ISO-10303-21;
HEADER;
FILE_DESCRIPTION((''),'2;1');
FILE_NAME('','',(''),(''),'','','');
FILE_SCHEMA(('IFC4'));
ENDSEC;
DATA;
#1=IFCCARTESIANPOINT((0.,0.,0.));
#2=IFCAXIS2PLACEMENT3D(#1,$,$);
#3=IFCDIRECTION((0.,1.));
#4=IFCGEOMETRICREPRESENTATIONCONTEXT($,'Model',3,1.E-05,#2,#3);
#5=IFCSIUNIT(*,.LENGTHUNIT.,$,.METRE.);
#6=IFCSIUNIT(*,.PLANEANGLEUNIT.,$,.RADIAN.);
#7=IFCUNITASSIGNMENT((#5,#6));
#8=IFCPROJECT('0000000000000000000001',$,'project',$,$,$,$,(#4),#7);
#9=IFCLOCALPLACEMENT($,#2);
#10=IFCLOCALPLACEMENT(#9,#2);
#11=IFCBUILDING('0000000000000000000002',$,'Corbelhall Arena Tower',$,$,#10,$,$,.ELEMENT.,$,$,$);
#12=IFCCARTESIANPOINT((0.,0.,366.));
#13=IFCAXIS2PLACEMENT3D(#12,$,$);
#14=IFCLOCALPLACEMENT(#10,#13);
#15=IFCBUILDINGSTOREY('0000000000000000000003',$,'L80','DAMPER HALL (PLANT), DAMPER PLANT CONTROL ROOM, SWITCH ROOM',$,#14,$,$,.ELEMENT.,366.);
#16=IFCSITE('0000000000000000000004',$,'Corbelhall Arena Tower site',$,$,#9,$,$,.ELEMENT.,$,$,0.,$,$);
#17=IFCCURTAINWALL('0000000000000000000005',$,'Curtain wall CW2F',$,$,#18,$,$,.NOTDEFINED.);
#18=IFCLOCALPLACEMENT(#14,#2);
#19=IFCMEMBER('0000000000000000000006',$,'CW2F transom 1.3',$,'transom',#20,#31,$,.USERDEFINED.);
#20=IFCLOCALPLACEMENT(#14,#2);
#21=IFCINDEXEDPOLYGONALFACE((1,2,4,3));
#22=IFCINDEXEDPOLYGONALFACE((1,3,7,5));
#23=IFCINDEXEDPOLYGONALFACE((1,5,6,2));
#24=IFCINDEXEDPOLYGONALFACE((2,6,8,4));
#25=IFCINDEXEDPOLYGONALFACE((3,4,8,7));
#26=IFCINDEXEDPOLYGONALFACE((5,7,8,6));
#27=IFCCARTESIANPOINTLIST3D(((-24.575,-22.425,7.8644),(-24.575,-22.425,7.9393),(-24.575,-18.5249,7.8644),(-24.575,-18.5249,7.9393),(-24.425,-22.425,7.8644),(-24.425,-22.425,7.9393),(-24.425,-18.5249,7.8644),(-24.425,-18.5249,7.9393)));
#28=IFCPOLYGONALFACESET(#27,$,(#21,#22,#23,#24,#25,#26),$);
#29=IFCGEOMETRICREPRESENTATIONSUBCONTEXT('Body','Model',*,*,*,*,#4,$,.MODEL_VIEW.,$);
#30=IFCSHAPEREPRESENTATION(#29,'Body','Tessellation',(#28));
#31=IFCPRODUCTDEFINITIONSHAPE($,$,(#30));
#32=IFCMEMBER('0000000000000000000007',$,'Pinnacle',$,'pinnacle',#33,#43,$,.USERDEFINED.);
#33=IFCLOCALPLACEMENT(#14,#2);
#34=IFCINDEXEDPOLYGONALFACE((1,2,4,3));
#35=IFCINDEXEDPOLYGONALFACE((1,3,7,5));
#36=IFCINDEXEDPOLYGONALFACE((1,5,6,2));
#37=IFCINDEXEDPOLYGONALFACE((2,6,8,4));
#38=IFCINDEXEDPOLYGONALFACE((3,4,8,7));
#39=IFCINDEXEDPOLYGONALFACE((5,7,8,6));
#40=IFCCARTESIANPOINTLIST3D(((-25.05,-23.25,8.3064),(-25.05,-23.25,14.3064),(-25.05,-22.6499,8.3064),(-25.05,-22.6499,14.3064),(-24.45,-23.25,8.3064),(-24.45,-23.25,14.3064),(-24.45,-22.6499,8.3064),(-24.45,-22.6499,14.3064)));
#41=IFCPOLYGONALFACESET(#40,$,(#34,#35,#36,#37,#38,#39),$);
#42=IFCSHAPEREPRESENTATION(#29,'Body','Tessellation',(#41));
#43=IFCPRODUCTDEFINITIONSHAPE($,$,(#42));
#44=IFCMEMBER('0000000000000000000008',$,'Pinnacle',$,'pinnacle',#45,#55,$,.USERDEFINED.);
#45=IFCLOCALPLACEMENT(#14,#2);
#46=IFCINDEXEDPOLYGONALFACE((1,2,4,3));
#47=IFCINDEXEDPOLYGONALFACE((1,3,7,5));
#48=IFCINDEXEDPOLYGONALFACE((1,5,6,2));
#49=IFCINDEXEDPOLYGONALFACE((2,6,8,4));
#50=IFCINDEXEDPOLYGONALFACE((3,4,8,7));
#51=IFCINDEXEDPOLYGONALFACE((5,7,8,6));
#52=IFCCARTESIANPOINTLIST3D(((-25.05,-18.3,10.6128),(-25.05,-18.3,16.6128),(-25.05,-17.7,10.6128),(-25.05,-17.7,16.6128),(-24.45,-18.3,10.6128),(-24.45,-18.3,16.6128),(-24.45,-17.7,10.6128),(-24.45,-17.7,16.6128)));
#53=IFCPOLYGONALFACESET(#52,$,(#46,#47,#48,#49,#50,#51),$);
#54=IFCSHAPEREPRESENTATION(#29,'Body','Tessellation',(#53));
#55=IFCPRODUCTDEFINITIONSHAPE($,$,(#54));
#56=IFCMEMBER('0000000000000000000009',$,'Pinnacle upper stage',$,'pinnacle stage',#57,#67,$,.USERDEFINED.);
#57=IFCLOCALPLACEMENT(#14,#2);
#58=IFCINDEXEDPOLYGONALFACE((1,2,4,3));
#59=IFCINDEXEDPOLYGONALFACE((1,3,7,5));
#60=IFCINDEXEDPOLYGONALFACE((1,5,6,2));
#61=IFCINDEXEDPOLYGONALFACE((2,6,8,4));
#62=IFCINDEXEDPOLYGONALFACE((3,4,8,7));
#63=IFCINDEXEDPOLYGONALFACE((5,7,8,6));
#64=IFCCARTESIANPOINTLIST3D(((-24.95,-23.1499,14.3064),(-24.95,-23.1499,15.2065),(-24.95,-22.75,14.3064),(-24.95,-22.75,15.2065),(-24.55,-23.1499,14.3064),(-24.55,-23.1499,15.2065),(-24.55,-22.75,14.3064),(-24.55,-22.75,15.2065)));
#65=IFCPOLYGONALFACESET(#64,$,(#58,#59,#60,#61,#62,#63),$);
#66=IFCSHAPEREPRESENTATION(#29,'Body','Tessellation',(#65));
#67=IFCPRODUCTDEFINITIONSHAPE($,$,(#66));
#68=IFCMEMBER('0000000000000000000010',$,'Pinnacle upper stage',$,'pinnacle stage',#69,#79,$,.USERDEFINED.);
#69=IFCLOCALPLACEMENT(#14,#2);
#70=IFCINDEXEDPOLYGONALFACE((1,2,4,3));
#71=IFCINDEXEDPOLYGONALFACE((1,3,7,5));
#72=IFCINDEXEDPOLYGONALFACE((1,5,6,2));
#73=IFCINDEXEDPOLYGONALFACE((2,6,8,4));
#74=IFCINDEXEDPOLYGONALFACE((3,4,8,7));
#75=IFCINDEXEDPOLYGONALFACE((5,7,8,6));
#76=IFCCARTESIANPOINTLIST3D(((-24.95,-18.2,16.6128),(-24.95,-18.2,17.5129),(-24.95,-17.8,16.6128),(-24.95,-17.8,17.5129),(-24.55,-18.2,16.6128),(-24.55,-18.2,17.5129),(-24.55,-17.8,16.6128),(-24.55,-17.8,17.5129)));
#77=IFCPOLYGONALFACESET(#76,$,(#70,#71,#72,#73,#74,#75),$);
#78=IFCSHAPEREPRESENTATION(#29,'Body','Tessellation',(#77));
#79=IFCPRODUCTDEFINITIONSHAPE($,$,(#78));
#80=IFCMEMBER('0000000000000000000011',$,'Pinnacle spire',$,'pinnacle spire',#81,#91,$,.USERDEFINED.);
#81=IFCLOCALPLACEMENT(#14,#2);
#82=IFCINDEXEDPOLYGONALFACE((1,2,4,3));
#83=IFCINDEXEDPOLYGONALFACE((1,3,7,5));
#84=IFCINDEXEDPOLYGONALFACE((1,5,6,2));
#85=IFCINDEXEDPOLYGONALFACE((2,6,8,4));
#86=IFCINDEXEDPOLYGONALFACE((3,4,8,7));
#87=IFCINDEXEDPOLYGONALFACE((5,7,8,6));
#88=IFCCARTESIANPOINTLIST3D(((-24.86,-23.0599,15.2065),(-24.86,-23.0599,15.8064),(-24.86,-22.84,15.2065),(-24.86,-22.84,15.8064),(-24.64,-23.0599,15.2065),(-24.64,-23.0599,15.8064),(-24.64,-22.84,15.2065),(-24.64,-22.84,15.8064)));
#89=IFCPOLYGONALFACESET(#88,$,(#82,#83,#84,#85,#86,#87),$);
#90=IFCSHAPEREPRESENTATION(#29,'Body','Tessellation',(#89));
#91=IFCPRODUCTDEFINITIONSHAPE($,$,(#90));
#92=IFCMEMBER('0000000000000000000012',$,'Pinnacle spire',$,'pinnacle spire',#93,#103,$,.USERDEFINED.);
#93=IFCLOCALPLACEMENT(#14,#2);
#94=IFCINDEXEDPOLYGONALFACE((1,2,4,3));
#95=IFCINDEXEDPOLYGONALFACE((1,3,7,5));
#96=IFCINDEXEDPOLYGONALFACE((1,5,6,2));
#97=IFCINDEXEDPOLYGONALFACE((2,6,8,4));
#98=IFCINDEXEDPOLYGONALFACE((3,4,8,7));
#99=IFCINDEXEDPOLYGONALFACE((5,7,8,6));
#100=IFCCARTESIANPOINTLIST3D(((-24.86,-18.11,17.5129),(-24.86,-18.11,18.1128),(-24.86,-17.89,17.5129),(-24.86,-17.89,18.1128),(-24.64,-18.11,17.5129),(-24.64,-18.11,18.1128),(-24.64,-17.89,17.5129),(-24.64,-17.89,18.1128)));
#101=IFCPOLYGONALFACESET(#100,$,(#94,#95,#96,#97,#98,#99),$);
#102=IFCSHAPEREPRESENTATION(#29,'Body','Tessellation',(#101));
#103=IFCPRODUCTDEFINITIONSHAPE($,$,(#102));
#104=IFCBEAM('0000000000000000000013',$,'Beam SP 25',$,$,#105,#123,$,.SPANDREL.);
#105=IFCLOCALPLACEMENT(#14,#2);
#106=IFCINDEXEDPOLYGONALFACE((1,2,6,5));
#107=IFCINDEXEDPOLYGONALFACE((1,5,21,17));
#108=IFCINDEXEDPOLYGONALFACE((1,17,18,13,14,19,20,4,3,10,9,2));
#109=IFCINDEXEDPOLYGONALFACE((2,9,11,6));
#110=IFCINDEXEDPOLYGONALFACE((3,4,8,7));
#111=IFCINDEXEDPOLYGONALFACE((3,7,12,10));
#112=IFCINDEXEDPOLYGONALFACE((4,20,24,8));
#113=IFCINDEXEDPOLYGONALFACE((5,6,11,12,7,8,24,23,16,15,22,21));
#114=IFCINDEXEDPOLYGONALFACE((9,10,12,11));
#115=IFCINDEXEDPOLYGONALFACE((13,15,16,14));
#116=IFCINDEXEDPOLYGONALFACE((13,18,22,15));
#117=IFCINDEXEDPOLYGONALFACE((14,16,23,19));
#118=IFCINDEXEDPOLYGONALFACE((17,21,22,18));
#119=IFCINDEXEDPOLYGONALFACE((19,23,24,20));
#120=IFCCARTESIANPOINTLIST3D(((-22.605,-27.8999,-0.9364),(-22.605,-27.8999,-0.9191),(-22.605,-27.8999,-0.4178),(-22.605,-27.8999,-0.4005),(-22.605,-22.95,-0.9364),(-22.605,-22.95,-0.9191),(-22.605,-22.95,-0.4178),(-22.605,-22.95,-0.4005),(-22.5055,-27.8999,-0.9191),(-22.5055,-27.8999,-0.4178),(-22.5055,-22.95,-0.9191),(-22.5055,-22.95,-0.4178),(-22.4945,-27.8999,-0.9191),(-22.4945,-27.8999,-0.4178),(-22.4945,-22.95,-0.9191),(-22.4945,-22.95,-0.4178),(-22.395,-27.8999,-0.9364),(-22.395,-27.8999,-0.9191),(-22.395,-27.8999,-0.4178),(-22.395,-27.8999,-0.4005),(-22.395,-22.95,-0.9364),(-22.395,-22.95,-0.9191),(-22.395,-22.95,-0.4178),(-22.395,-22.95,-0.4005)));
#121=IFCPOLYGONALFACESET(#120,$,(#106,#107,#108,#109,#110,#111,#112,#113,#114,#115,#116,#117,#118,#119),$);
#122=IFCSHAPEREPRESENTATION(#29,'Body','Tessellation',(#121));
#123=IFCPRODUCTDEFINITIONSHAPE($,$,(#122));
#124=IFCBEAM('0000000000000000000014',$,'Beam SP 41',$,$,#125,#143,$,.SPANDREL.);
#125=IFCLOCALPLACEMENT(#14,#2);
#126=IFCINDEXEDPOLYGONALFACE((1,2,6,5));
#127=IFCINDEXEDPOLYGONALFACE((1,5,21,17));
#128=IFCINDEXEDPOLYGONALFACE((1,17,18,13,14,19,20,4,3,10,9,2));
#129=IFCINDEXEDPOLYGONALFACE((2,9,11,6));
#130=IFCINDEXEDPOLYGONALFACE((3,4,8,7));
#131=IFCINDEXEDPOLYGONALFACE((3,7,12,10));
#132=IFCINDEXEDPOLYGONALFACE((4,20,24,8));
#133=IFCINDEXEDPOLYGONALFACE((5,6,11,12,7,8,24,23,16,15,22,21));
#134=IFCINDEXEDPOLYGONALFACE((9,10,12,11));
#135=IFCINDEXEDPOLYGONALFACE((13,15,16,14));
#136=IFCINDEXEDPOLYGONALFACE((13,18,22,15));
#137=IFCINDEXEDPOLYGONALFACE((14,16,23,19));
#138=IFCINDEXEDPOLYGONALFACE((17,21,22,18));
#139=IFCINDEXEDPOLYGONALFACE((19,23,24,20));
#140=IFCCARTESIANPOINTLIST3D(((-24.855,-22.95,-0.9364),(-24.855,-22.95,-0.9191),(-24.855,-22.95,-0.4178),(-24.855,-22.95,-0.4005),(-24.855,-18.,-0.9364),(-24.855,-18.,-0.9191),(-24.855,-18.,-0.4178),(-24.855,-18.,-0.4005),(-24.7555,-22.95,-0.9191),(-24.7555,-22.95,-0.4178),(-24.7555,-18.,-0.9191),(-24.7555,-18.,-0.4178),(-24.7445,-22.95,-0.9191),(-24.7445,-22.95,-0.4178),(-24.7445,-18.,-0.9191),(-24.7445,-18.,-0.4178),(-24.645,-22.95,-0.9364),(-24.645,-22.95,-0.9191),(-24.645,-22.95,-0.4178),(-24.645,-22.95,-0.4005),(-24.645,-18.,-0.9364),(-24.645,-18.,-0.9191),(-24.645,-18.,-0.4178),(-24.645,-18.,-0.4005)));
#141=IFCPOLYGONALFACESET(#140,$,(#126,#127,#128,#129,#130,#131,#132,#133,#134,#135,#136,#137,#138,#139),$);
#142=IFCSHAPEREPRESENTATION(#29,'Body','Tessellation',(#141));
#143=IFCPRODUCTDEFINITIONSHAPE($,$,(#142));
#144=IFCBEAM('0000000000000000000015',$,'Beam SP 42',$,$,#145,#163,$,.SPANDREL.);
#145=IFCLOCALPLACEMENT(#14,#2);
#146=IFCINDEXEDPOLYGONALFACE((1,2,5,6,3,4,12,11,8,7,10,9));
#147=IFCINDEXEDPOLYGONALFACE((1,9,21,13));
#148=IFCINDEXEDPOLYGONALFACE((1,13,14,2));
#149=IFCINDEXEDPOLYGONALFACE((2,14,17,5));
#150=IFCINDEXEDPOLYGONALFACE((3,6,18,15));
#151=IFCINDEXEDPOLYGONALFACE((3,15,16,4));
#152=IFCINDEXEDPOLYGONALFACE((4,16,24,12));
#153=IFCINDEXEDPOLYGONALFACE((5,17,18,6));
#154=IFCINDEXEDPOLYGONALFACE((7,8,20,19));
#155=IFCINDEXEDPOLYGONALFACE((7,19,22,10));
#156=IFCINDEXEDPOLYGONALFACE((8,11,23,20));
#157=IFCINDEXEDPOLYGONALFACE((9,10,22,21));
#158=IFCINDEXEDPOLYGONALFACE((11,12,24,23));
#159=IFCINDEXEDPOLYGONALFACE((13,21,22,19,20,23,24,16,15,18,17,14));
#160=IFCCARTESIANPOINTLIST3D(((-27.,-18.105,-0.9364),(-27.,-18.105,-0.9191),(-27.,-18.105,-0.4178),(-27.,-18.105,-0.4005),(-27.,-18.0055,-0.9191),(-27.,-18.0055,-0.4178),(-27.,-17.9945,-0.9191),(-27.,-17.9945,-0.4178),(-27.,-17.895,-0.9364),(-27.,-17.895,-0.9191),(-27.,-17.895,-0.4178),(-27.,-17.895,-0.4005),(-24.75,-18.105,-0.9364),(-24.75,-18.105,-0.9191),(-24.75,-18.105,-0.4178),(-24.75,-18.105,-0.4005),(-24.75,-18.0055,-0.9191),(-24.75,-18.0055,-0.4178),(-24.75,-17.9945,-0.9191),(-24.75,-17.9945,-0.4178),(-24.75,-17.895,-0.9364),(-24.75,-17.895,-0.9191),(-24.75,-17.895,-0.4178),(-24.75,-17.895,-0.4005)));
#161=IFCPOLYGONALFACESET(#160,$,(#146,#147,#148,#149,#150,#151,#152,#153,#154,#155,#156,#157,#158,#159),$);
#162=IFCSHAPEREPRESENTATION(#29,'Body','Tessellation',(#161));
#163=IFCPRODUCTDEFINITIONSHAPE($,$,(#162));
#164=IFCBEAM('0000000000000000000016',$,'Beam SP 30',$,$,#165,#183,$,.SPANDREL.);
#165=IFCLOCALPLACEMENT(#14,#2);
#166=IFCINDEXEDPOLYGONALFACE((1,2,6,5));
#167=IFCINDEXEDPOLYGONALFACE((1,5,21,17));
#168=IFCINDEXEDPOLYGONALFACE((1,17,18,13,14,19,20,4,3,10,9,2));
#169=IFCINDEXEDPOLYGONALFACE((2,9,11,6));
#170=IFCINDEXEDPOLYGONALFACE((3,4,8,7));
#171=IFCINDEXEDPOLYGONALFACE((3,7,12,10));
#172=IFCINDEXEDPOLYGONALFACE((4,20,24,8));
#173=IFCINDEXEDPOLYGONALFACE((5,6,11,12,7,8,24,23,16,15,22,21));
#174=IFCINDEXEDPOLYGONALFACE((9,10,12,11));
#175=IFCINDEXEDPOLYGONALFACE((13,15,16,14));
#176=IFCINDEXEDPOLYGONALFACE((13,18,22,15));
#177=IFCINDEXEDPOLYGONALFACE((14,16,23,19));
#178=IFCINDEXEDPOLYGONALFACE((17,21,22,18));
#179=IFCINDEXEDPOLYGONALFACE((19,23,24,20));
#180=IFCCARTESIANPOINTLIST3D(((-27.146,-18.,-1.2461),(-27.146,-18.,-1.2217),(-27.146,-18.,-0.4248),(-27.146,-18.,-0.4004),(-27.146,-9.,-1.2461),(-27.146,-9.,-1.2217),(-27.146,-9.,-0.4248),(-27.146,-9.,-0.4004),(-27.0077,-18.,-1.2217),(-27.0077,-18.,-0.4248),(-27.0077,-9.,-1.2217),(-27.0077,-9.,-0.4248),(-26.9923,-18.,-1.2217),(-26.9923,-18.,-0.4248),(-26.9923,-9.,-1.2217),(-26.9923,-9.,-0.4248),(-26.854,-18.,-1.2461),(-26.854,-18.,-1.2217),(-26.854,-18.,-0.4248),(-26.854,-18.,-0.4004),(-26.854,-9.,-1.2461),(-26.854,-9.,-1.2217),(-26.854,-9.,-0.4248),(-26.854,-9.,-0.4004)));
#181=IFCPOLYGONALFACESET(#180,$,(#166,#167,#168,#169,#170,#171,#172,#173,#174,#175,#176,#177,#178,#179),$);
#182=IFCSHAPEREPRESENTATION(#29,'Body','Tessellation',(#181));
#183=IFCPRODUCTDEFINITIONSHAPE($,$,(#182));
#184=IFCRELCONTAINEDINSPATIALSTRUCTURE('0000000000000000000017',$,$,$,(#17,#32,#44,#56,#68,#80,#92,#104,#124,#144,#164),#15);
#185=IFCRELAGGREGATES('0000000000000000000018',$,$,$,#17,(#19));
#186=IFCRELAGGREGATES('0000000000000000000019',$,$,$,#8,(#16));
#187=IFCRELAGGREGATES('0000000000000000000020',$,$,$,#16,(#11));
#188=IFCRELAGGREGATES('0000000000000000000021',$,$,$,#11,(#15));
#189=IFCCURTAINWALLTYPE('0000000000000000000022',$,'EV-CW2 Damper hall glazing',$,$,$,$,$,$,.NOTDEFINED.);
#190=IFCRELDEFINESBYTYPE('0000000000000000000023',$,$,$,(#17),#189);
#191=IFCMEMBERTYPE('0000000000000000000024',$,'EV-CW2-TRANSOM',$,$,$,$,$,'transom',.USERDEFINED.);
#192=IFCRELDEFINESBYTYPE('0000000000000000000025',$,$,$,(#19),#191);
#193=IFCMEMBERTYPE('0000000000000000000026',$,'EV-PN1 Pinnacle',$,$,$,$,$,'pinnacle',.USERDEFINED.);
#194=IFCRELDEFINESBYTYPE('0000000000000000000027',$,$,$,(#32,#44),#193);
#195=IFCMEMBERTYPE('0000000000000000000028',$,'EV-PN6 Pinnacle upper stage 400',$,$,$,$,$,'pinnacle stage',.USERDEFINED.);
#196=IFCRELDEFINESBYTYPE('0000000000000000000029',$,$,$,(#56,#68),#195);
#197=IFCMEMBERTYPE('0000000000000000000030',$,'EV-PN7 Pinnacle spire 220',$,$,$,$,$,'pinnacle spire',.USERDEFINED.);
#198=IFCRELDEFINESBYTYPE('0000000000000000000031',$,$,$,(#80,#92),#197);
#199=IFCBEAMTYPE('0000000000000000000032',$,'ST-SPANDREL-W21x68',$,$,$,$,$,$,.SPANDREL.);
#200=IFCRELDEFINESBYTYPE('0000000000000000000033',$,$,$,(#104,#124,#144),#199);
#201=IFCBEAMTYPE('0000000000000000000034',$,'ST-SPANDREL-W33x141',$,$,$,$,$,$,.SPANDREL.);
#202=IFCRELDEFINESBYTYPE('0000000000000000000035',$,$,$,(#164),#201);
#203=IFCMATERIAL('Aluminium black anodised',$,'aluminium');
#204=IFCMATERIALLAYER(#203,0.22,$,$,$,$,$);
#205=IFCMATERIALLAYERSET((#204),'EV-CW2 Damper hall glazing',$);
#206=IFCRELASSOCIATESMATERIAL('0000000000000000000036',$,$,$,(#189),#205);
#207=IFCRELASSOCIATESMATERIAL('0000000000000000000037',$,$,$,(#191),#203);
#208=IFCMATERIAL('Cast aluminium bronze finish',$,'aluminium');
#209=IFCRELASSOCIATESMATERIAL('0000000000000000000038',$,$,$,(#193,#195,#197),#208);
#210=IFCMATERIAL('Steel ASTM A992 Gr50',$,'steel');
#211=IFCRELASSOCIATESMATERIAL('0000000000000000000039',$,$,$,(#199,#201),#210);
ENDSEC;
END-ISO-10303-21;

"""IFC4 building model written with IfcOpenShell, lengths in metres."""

from ifc_helpers import new_model, si_unit, direction, frame, origin, origin_2d, place, context, subcontext, project, spatial, rectangle, i_section, extrude, material, layer, layer_set, material_profile, profile_set, type_object, element, aggregate, save


model = new_model("IFC4")

# Units and contexts
model_context = context("Model", 3, precision=1e-05, world=origin(), true_north=direction((0.0, 1.0)))
body_context = subcontext(model_context, "Body", "Model", "MODEL_VIEW")
ifc_project = project(units=[si_unit("LENGTHUNIT", "METRE"), si_unit("PLANEANGLEUNIT", "RADIAN")], contexts=[model_context])

# Site, building, storey
site_placement = place(None, origin())
site = spatial("IfcSite", under=ifc_project, at=site_placement, Name="Corbelhall Arena Tower site", CompositionType="ELEMENT", RefElevation=0.0)
building_placement = place(site_placement, origin())
building = spatial("IfcBuilding", under=site, at=building_placement, Name="Corbelhall Arena Tower", CompositionType="ELEMENT")
storey_placement = place(building_placement, frame((0.0, 0.0, 366.0)))
storey = spatial("IfcBuildingStorey", under=building, at=storey_placement, Name="L80", Description="DAMPER HALL (PLANT), DAMPER PLANT CONTROL ROOM, SWITCH ROOM", CompositionType="ELEMENT", Elevation=366.0)

# Curtain wall
ifc_material_1 = material(Name="Aluminium black anodised", Category="aluminium")
ifc_layer_1 = layer(ifc_material_1, 0.22)
ifc_layer_set_1 = layer_set([ifc_layer_1], Name="EV-CW2 Damper hall glazing")
curtain_wall_type = type_object("IfcCurtainWallType", Name="EV-CW2 Damper hall glazing", PredefinedType="NOTDEFINED", material=ifc_layer_set_1)
curtain_wall_1_placement = place(storey_placement, origin())
curtain_wall_1 = element("IfcCurtainWall", 1, at=curtain_wall_1_placement, inside=storey, type_object=curtain_wall_type, Name="Curtain wall CW2F", PredefinedType="NOTDEFINED")

# Member
ifc_material_profile_1 = material_profile(ifc_material_1, rectangle(XDim=0.1499, YDim=0.075, at=origin_2d()))
ifc_profile_set_1 = profile_set([ifc_material_profile_1], Name="Aluminium black anodised")
member_type_1 = type_object("IfcMemberType", Name="EV-CW2-TRANSOM", ElementType="transom", PredefinedType="USERDEFINED", material=ifc_profile_set_1)
member_1_placement = place(storey_placement, frame((-24.5, -18.5249, 7.9019), z_axis=(0.0, -1.0, 0.0), x_axis=(1.0, 0.0, 0.0)))
member_1 = element("IfcMember", 2, at=member_1_placement, type_object=member_type_1, Name="CW2F transom 1.3", ObjectType="transom", PredefinedType="USERDEFINED", context=body_context, shape_type="SweptSolid", body=[
    extrude(rectangle(XDim=0.1499, YDim=0.075, at=origin_2d()), origin(), (0.0, 0.0, 1.0), 3.9001),
])

# Members
ifc_material_2 = material(Name="Cast aluminium bronze finish", Category="aluminium")
ifc_material_profile_2 = material_profile(ifc_material_2, rectangle(XDim=0.6001, YDim=0.6001, at=origin_2d()))
ifc_profile_set_2 = profile_set([ifc_material_profile_2], Name="Cast aluminium bronze finish")
member_type_2 = type_object("IfcMemberType", Name="EV-PN1 Pinnacle", ElementType="pinnacle", PredefinedType="USERDEFINED", material=ifc_profile_set_2)
for number, where, z_axis, x_axis, name in (
    (3, (-24.75, -22.95, 8.3064), (0.0, 0.0, 1.0), (1.0, 0.0, 0.0), "Pinnacle"),
    (4, (-24.75, -18.0, 10.6128), (0.0, 0.0, 1.0), (1.0, 0.0, 0.0), "Pinnacle"),
):
    element("IfcMember", number, at=place(storey_placement, frame(where, z_axis=z_axis, x_axis=x_axis)), inside=storey, type_object=member_type_2, Name=name, ObjectType="pinnacle", PredefinedType="USERDEFINED", context=body_context, shape_type="SweptSolid", body=[
        extrude(rectangle(XDim=0.6001, YDim=0.6001, at=origin_2d()), origin(), (0.0, 0.0, 1.0), 6.0),
    ])
ifc_material_profile_3 = material_profile(ifc_material_2, rectangle(XDim=0.3999, YDim=0.3999, at=origin_2d()))
ifc_profile_set_3 = profile_set([ifc_material_profile_3], Name="Cast aluminium bronze finish")
member_type_3 = type_object("IfcMemberType", Name="EV-PN6 Pinnacle upper stage 400", ElementType="pinnacle stage", PredefinedType="USERDEFINED", material=ifc_profile_set_3)
for number, where, z_axis, x_axis, name in (
    (5, (-24.75, -22.95, 14.3064), (0.0, 0.0, 1.0), (1.0, 0.0, 0.0), "Pinnacle upper stage"),
    (6, (-24.75, -18.0, 16.6128), (0.0, 0.0, 1.0), (1.0, 0.0, 0.0), "Pinnacle upper stage"),
):
    element("IfcMember", number, at=place(storey_placement, frame(where, z_axis=z_axis, x_axis=x_axis)), inside=storey, type_object=member_type_3, Name=name, ObjectType="pinnacle stage", PredefinedType="USERDEFINED", context=body_context, shape_type="SweptSolid", body=[
        extrude(rectangle(XDim=0.3999, YDim=0.3999, at=origin_2d()), origin(), (0.0, 0.0, 1.0), 0.9001),
    ])
ifc_material_profile_4 = material_profile(ifc_material_2, rectangle(XDim=0.22, YDim=0.22, at=origin_2d()))
ifc_profile_set_4 = profile_set([ifc_material_profile_4], Name="Cast aluminium bronze finish")
member_type_4 = type_object("IfcMemberType", Name="EV-PN7 Pinnacle spire 220", ElementType="pinnacle spire", PredefinedType="USERDEFINED", material=ifc_profile_set_4)
for number, where, z_axis, x_axis, name in (
    (7, (-24.75, -22.95, 15.2065), (0.0, 0.0, 1.0), (1.0, 0.0, 0.0), "Pinnacle spire"),
    (8, (-24.75, -18.0, 17.5129), (0.0, 0.0, 1.0), (1.0, 0.0, 0.0), "Pinnacle spire"),
):
    element("IfcMember", number, at=place(storey_placement, frame(where, z_axis=z_axis, x_axis=x_axis)), inside=storey, type_object=member_type_4, Name=name, ObjectType="pinnacle spire", PredefinedType="USERDEFINED", context=body_context, shape_type="SweptSolid", body=[
        extrude(rectangle(XDim=0.22, YDim=0.22, at=origin_2d()), origin(), (0.0, 0.0, 1.0), 0.5999),
    ])

# Beams
ifc_material_3 = material(Name="Steel ASTM A992 Gr50", Category="steel")
ifc_material_profile_5 = material_profile(ifc_material_3, i_section(OverallWidth=0.21, OverallDepth=0.5359, WebThickness=0.011, FlangeThickness=0.0173, at=origin_2d()))
ifc_profile_set_5 = profile_set([ifc_material_profile_5], Name="Steel ASTM A992 Gr50")
beam_type_1 = type_object("IfcBeamType", Name="ST-SPANDREL-W21x68", PredefinedType="SPANDREL", material=ifc_profile_set_5)
for number, where, z_axis, x_axis, name in (
    (9, (-22.5, -27.8999, -0.6685), (0.0, 1.0, 0.0), (-1.0, 0.0, 0.0), "Beam SP 25"),
    (10, (-24.75, -22.95, -0.6685), (0.0, 1.0, 0.0), (-1.0, 0.0, 0.0), "Beam SP 41"),
):
    element("IfcBeam", number, at=place(storey_placement, frame(where, z_axis=z_axis, x_axis=x_axis)), inside=storey, type_object=beam_type_1, Name=name, PredefinedType="SPANDREL", context=body_context, shape_type="SweptSolid", body=[
        extrude(i_section(OverallWidth=0.21, OverallDepth=0.5359, WebThickness=0.011, FlangeThickness=0.0173, at=origin_2d()), origin(), (0.0, 0.0, 1.0), 4.95),
    ])
beam_1_placement = place(storey_placement, frame((-24.75, -18.0, -0.6685), z_axis=(-1.0, 0.0, 0.0), x_axis=(0.0, -1.0, 0.0)))
element("IfcBeam", 11, at=beam_1_placement, inside=storey, type_object=beam_type_1, Name="Beam SP 42", PredefinedType="SPANDREL", context=body_context, shape_type="SweptSolid", body=[
    extrude(i_section(OverallWidth=0.21, OverallDepth=0.5359, WebThickness=0.011, FlangeThickness=0.0173, at=origin_2d()), origin(), (0.0, 0.0, 1.0), 2.25),
])
ifc_material_profile_6 = material_profile(ifc_material_3, i_section(OverallWidth=0.292, OverallDepth=0.8457, WebThickness=0.0154, FlangeThickness=0.0244, at=origin_2d()))
ifc_profile_set_6 = profile_set([ifc_material_profile_6], Name="Steel ASTM A992 Gr50")
beam_type_2 = type_object("IfcBeamType", Name="ST-SPANDREL-W33x141", PredefinedType="SPANDREL", material=ifc_profile_set_6)
beam_2_placement = place(storey_placement, frame((-27.0, -18.0, -0.8232), z_axis=(0.0, 1.0, 0.0), x_axis=(-1.0, 0.0, 0.0)))
element("IfcBeam", 12, at=beam_2_placement, inside=storey, type_object=beam_type_2, Name="Beam SP 30", PredefinedType="SPANDREL", context=body_context, shape_type="SweptSolid", body=[
    extrude(i_section(OverallWidth=0.292, OverallDepth=0.8457, WebThickness=0.0154, FlangeThickness=0.0244, at=origin_2d()), origin(), (0.0, 0.0, 1.0), 9.0),
])

aggregate(curtain_wall_1, [member_1])

save(model, "model.ifc")
